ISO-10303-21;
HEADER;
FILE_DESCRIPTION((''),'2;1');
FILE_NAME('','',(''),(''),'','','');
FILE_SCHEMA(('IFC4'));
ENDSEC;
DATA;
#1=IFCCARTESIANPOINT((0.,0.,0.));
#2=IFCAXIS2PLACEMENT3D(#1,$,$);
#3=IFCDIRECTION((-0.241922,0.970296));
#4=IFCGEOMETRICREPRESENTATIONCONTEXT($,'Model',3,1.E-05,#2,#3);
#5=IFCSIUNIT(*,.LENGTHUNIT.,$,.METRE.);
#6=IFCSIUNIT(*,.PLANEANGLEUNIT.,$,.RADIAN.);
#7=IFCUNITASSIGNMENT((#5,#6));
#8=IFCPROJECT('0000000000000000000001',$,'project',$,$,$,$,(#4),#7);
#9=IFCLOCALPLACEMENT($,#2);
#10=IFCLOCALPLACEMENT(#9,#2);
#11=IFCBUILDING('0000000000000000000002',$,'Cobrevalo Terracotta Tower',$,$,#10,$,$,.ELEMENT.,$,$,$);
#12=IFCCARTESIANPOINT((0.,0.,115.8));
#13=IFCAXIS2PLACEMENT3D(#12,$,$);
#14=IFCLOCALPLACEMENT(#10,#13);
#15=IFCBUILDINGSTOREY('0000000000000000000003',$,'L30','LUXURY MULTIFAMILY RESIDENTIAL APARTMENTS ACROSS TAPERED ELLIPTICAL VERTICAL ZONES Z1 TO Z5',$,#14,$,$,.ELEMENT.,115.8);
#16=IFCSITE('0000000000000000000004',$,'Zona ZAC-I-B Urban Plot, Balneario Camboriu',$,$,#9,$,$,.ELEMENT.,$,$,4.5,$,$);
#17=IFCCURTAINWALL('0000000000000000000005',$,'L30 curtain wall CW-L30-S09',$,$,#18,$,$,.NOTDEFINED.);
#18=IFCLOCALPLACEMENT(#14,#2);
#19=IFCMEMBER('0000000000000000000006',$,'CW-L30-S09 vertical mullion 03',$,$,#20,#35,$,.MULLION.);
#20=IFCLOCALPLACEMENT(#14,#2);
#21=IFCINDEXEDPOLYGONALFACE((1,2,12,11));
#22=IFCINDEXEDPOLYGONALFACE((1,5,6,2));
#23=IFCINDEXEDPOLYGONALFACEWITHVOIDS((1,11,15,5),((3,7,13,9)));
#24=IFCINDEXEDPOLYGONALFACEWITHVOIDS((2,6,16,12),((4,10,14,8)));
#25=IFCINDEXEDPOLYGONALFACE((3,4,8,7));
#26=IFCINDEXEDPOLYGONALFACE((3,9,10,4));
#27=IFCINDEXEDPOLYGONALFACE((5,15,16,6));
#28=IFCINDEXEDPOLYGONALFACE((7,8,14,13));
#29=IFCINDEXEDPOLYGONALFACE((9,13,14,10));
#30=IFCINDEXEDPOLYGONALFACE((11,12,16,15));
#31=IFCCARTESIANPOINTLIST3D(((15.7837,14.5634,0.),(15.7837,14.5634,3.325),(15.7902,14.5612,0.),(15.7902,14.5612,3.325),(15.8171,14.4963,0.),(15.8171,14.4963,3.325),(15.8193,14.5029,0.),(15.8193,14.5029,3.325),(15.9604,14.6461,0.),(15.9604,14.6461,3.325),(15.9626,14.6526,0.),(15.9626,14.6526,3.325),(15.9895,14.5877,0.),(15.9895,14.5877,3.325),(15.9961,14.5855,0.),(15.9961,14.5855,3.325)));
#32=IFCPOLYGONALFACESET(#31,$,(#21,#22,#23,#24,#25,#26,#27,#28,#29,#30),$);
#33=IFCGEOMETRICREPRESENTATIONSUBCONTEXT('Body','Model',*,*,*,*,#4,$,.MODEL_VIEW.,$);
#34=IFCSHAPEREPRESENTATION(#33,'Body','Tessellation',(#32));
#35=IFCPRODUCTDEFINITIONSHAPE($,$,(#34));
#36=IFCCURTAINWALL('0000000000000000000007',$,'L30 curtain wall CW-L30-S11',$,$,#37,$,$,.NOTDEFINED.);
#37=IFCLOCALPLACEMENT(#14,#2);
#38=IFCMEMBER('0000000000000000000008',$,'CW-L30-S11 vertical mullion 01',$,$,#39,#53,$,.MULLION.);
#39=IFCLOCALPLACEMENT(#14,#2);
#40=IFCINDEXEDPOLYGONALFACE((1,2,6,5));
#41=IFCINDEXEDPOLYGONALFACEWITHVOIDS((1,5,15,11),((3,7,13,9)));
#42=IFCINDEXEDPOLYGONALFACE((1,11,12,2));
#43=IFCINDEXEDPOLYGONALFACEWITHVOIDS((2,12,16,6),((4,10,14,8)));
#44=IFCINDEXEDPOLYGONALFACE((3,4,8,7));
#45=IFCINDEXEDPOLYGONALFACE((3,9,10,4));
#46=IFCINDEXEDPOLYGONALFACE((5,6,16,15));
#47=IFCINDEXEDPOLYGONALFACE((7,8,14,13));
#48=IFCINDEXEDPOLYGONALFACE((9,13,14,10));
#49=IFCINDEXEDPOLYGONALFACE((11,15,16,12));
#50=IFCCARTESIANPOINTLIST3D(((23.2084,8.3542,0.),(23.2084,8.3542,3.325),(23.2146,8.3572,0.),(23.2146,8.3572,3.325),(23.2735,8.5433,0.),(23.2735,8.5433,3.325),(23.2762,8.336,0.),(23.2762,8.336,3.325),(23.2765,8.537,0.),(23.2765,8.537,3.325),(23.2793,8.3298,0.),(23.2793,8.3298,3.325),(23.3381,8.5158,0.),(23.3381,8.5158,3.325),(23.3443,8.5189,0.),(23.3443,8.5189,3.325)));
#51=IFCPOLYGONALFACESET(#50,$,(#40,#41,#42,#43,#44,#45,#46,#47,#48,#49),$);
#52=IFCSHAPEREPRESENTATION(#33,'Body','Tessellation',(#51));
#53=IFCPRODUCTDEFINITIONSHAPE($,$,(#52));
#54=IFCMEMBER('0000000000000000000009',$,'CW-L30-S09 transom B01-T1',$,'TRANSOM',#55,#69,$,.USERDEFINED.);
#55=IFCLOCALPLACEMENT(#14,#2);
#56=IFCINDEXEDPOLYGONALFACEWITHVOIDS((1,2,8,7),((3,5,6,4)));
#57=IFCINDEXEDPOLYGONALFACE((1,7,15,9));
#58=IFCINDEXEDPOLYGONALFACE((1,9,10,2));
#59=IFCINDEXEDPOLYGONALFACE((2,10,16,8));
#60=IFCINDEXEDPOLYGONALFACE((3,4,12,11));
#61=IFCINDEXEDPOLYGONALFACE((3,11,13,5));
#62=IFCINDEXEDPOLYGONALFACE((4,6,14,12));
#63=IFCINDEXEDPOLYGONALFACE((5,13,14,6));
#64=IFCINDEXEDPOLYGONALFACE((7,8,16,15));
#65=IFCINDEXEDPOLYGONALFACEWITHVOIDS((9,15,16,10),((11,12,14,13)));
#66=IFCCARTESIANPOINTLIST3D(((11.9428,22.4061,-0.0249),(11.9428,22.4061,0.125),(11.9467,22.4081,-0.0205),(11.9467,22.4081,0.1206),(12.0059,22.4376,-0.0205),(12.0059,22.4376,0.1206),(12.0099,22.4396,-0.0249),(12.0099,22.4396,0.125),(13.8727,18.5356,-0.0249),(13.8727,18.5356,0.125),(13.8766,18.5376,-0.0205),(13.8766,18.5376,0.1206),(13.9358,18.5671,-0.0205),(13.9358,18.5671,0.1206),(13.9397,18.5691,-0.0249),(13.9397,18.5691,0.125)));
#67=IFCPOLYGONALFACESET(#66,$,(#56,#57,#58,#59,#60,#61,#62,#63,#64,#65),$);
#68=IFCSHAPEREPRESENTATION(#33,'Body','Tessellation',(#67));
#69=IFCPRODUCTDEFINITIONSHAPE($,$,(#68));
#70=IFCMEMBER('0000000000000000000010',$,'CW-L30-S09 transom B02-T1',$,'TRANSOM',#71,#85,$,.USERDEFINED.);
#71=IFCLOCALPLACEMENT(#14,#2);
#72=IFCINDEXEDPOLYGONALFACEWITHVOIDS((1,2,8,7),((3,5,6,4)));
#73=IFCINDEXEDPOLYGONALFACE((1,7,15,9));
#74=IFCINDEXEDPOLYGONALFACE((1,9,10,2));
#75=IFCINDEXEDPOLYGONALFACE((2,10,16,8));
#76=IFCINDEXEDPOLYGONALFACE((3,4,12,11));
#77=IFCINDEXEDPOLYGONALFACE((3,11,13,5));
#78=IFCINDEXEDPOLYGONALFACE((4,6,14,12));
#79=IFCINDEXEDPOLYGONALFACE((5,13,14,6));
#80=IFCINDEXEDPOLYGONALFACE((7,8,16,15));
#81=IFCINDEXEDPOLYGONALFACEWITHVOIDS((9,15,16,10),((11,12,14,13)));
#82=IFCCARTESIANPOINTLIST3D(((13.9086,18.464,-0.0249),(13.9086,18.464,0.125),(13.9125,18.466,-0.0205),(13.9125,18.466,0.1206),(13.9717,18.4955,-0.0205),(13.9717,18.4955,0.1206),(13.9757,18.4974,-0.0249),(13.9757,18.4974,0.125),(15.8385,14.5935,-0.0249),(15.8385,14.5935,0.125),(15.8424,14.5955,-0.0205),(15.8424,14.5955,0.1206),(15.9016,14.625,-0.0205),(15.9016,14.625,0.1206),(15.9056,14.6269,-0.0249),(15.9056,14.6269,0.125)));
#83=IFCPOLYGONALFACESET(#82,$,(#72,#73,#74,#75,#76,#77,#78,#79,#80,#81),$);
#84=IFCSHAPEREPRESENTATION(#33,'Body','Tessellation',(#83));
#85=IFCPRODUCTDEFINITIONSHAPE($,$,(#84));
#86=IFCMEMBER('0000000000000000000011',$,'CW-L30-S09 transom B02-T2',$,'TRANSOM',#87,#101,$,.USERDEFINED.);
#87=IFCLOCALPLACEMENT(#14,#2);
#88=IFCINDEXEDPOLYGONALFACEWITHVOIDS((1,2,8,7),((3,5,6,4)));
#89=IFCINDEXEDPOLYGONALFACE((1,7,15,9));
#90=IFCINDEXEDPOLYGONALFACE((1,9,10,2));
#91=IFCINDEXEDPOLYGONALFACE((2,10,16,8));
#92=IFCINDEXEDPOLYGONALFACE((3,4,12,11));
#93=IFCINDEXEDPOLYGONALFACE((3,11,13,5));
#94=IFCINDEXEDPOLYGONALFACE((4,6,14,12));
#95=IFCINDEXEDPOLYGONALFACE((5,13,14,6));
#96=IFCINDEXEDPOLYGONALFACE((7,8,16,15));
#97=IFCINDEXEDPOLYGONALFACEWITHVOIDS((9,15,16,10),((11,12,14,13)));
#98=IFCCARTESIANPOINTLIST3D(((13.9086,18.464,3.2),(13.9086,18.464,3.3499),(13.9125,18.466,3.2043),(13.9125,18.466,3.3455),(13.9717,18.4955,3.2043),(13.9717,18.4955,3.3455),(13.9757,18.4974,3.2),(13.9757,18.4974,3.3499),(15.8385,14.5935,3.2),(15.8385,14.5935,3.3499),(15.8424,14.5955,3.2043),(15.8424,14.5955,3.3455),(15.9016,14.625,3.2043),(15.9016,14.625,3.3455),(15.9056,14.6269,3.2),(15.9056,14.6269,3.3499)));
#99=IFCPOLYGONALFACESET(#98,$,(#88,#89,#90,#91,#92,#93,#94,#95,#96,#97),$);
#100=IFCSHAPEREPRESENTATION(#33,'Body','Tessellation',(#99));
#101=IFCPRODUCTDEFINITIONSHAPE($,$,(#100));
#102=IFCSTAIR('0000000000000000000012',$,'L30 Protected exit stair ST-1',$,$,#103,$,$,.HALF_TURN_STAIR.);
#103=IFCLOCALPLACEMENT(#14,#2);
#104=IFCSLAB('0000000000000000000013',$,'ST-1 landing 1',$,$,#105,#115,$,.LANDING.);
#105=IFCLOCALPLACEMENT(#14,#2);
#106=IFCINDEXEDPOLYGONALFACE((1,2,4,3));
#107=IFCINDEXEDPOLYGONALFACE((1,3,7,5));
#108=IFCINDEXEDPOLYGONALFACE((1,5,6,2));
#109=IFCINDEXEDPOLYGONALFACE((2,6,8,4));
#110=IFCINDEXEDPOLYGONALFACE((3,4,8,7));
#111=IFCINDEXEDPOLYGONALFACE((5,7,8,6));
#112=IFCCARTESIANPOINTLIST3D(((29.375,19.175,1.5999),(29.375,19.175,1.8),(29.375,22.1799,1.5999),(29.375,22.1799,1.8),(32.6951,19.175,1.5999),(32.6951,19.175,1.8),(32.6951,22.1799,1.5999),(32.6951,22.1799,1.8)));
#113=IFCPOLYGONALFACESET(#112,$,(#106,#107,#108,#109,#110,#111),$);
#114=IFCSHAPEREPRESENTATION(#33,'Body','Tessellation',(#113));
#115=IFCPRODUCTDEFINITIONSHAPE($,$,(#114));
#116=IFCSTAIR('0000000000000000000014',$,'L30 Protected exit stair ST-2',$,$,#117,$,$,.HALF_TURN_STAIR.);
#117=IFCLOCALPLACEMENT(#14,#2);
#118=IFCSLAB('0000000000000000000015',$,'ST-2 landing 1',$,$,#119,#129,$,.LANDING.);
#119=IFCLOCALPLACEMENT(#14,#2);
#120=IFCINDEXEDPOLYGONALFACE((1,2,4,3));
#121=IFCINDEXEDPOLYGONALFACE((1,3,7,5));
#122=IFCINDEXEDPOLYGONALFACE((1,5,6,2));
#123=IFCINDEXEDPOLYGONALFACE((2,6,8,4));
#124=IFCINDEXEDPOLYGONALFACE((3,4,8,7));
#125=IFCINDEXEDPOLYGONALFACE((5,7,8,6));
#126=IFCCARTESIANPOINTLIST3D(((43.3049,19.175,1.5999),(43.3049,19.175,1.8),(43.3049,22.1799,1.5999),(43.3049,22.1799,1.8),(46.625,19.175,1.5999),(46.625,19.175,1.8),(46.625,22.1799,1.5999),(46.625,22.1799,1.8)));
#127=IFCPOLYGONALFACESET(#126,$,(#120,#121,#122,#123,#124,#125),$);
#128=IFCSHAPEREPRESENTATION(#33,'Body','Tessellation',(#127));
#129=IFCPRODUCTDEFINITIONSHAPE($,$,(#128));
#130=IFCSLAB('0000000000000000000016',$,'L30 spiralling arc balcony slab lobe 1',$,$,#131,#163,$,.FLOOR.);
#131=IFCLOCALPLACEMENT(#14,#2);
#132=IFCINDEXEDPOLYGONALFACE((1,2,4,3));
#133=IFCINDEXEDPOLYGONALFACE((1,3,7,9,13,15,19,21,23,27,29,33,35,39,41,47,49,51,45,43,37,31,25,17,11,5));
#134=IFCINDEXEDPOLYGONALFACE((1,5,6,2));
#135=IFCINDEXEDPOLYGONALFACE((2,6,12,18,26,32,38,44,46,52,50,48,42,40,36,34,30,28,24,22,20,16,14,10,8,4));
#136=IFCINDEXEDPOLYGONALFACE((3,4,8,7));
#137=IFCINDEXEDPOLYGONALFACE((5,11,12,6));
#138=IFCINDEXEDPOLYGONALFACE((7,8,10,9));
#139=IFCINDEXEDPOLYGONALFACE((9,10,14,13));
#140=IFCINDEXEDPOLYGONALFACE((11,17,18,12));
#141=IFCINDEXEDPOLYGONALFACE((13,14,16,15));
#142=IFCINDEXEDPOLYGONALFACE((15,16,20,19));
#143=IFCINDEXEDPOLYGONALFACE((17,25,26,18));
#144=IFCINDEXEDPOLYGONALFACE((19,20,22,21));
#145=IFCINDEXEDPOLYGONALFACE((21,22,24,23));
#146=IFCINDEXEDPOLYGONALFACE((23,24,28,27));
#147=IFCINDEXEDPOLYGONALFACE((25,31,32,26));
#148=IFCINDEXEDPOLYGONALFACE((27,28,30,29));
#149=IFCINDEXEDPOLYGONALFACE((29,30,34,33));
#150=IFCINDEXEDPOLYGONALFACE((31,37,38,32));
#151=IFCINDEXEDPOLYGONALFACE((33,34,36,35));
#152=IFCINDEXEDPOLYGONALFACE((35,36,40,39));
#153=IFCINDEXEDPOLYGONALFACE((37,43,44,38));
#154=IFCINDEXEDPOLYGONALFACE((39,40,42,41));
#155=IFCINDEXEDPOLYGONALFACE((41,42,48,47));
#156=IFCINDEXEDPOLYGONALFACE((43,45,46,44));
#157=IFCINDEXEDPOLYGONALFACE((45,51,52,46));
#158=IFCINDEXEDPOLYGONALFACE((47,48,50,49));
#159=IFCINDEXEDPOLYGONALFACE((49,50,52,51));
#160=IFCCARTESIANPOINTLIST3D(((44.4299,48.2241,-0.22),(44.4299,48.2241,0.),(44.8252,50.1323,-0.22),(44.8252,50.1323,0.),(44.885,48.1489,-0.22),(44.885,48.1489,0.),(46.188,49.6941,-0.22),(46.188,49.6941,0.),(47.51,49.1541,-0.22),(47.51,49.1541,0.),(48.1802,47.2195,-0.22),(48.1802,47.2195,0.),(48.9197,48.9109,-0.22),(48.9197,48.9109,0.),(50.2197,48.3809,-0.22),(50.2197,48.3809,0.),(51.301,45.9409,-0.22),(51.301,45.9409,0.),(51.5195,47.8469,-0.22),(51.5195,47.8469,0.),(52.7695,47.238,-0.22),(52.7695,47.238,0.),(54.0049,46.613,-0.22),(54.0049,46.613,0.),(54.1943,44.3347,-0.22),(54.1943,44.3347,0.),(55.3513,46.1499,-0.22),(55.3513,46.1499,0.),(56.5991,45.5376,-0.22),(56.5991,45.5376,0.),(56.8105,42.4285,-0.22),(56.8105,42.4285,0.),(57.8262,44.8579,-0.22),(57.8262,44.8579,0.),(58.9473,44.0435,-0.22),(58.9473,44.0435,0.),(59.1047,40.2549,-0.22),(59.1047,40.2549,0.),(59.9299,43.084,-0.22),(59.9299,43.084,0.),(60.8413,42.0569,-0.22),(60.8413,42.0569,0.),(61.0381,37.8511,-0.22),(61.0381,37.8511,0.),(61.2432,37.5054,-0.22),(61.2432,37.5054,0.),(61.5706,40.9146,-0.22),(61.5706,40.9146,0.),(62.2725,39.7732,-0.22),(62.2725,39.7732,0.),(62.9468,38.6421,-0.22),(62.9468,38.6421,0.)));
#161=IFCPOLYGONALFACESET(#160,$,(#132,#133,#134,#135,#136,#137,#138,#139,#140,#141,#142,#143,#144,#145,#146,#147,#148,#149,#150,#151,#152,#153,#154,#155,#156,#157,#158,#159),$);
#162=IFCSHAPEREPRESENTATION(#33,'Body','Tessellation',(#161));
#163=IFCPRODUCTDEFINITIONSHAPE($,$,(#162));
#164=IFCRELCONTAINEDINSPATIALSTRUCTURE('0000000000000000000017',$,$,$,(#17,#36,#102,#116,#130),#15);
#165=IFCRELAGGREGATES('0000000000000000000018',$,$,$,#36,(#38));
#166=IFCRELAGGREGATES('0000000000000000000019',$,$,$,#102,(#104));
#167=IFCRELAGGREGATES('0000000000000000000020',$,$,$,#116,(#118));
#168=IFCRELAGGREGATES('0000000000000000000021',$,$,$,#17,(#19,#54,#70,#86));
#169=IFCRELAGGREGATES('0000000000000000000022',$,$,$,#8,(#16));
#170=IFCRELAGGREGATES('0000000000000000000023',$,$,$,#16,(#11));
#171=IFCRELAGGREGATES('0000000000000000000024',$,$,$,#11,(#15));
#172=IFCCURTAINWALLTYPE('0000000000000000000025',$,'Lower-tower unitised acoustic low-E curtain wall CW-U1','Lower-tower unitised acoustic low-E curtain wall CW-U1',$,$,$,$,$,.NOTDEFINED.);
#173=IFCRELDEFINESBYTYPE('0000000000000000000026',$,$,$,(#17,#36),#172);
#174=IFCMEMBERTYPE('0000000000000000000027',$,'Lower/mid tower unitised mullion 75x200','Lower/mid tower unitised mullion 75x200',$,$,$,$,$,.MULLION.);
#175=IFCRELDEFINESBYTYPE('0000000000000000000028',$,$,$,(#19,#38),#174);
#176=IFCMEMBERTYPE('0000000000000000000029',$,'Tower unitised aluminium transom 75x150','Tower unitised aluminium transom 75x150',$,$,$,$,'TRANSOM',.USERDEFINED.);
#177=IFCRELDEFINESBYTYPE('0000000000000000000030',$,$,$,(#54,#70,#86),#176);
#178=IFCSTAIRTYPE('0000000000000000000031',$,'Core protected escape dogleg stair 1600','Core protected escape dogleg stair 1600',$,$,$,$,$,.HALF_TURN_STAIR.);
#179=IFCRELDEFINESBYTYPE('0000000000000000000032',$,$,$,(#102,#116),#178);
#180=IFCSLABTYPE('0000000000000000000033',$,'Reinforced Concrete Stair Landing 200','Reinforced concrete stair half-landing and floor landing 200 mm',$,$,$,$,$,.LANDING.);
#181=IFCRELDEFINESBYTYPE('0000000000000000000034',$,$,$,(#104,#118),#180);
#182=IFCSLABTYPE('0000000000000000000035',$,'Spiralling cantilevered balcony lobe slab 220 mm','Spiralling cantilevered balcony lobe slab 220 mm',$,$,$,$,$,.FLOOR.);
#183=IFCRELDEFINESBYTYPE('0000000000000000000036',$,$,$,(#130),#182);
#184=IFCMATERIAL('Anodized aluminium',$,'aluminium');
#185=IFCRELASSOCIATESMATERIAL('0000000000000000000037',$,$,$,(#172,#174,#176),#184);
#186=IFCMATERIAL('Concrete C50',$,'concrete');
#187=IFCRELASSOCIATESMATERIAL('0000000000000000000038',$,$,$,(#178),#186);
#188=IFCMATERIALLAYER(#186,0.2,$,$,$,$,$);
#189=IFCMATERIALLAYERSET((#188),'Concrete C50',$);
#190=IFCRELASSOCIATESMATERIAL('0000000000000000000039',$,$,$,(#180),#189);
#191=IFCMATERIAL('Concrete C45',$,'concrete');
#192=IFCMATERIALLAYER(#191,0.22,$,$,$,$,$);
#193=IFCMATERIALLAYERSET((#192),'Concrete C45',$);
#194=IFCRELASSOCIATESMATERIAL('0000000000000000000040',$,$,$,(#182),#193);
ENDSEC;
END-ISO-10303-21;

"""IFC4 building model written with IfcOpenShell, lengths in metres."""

from ifc_helpers import new_model, si_unit, direction, frame, origin, origin_2d, place, context, subcontext, project, spatial, polyline, hollow_rectangle, outline, extrude, source, transform, mapped, material, layer, layer_set, material_profile, profile_set, type_object, element, aggregate, save


model = new_model("IFC4")

# Units and contexts
model_context = context("Model", 3, precision=1e-05, world=origin(), true_north=direction((-0.241922, 0.970296)))
body_context = subcontext(model_context, "Body", "Model", "MODEL_VIEW")
ifc_project = project(units=[si_unit("LENGTHUNIT", "METRE"), si_unit("PLANEANGLEUNIT", "RADIAN")], contexts=[model_context])

# Site, building, storey
site_placement = place(None, origin())
site = spatial("IfcSite", under=ifc_project, at=site_placement, Name="Zona ZAC-I-B Urban Plot, Balneario Camboriu", CompositionType="ELEMENT", RefElevation=4.5)
building_placement = place(site_placement, origin())
building = spatial("IfcBuilding", under=site, at=building_placement, Name="Cobrevalo Terracotta Tower", CompositionType="ELEMENT")
storey_placement = place(building_placement, frame((0.0, 0.0, 115.8)))
storey = spatial("IfcBuildingStorey", under=building, at=storey_placement, Name="L30", Description="LUXURY MULTIFAMILY RESIDENTIAL APARTMENTS ACROSS TAPERED ELLIPTICAL VERTICAL ZONES Z1 TO Z5", CompositionType="ELEMENT", Elevation=115.8)

# Curtain wall, member
ifc_material_1 = material(Name="Anodized aluminium", Category="aluminium")
curtain_wall_type = type_object("IfcCurtainWallType", Name="Lower-tower unitised acoustic low-E curtain wall CW-U1", Description="Lower-tower unitised acoustic low-E curtain wall CW-U1", PredefinedType="NOTDEFINED", material=ifc_material_1)
curtain_wall_1_placement = place(storey_placement, origin())
curtain_wall_1 = element("IfcCurtainWall", 1, at=curtain_wall_1_placement, inside=storey, type_object=curtain_wall_type, Name="L30 curtain wall CW-L30-S09", PredefinedType="NOTDEFINED")
ifc_material_profile_1 = material_profile(ifc_material_1, hollow_rectangle(XDim=0.075, YDim=0.2, WallThickness=0.0049, at=origin_2d()), Name="CWM 75x200")
ifc_profile_set_1 = profile_set([ifc_material_profile_1], Name="Anodized aluminium")
member_type_1 = type_object("IfcMemberType", Name="Lower/mid tower unitised mullion 75x200", Description="Lower/mid tower unitised mullion 75x200", PredefinedType="MULLION", material=ifc_profile_set_1)
shared_shape_1 = source(origin(), body_context, "Body", "SweptSolid", [
    extrude(hollow_rectangle(XDim=0.075, YDim=0.2, WallThickness=0.0049, at=origin_2d()), origin(), (0.0, 0.0, 1.0), 3.325),
])
member_1_placement = place(storey_placement, frame((15.8899, 14.5745, 0.0), z_axis=(0.0, 0.0, 1.0), x_axis=(0.44626, -0.894903, 0.0)))
member_1 = element("IfcMember", 2, at=member_1_placement, type_object=member_type_1, Name="CW-L30-S09 vertical mullion 03", PredefinedType="MULLION", context=body_context, shape_type="MappedRepresentation", body=[
    mapped(shared_shape_1, transform((0.0, 0.0, 0.0), scale=1.0)),
])

# Curtain wall, member
curtain_wall_2_placement = place(storey_placement, origin())
curtain_wall_2 = element("IfcCurtainWall", 3, at=curtain_wall_2_placement, inside=storey, type_object=curtain_wall_type, Name="L30 curtain wall CW-L30-S11", PredefinedType="NOTDEFINED")
member_2_placement = place(storey_placement, frame((23.2764, 8.4365, 0.0), z_axis=(0.0, 0.0, 1.0), x_axis=(0.945598, -0.325337, 0.0)))
member_2 = element("IfcMember", 4, at=member_2_placement, type_object=member_type_1, Name="CW-L30-S11 vertical mullion 01", PredefinedType="MULLION", context=body_context, shape_type="MappedRepresentation", body=[
    mapped(shared_shape_1, transform((0.0, 0.0, 0.0), scale=1.0)),
])
aggregate(curtain_wall_2, [member_2])

# Members
ifc_material_profile_2 = material_profile(ifc_material_1, hollow_rectangle(XDim=0.075, YDim=0.1499, WallThickness=0.0044, at=origin_2d()), Name="CWT 75x150")
ifc_profile_set_2 = profile_set([ifc_material_profile_2], Name="Anodized aluminium")
member_type_2 = type_object("IfcMemberType", Name="Tower unitised aluminium transom 75x150", Description="Tower unitised aluminium transom 75x150", ElementType="TRANSOM", PredefinedType="USERDEFINED", material=ifc_profile_set_2)
shared_shape_2 = source(origin(), body_context, "Body", "SweptSolid", [
    extrude(hollow_rectangle(XDim=0.075, YDim=0.1499, WallThickness=0.0044, at=origin_2d()), origin(), (0.0, 0.0, 1.0), 4.325),
])
member_3_placement = place(storey_placement, frame((11.9763, 22.4229, 0.05), z_axis=(0.44622, -0.894923, 0.0), x_axis=(0.894923, 0.44622, 0.0)))
member_3 = element("IfcMember", 5, at=member_3_placement, type_object=member_type_2, Name="CW-L30-S09 transom B01-T1", ObjectType="TRANSOM", PredefinedType="USERDEFINED", context=body_context, shape_type="MappedRepresentation", body=[
    mapped(shared_shape_2, transform((0.0, 0.0, 0.0), scale=1.0)),
])
member_4_placement = place(storey_placement, frame((13.9421, 18.4807, 0.05), z_axis=(0.44622, -0.894923, 0.0), x_axis=(0.894923, 0.44622, 0.0)))
member_4 = element("IfcMember", 6, at=member_4_placement, type_object=member_type_2, Name="CW-L30-S09 transom B02-T1", ObjectType="TRANSOM", PredefinedType="USERDEFINED", context=body_context, shape_type="MappedRepresentation", body=[
    mapped(shared_shape_2, transform((0.0, 0.0, 0.0), scale=1.0)),
])
member_5_placement = place(storey_placement, frame((13.9421, 18.4807, 3.2749), z_axis=(0.44622, -0.894923, 0.0), x_axis=(0.894923, 0.44622, 0.0)))
member_5 = element("IfcMember", 7, at=member_5_placement, type_object=member_type_2, Name="CW-L30-S09 transom B02-T2", ObjectType="TRANSOM", PredefinedType="USERDEFINED", context=body_context, shape_type="MappedRepresentation", body=[
    mapped(shared_shape_2, transform((0.0, 0.0, 0.0), scale=1.0)),
])

# Stairs, slabs
ifc_material_2 = material(Name="Concrete C50", Category="concrete")
stair_type = type_object("IfcStairType", Name="Core protected escape dogleg stair 1600", Description="Core protected escape dogleg stair 1600", PredefinedType="HALF_TURN_STAIR", material=ifc_material_2)
stair_1_placement = place(storey_placement, origin())
stair_1 = element("IfcStair", 8, at=stair_1_placement, inside=storey, type_object=stair_type, Name="L30 Protected exit stair ST-1", PredefinedType="HALF_TURN_STAIR")
ifc_layer_1 = layer(ifc_material_2, 0.2)
ifc_layer_set_1 = layer_set([ifc_layer_1], Name="Concrete C50")
slab_type_1 = type_object("IfcSlabType", Name="Reinforced Concrete Stair Landing 200", Description="Reinforced concrete stair half-landing and floor landing 200 mm", PredefinedType="LANDING", material=ifc_layer_set_1)
slab_1_placement = place(storey_placement, frame((0.0, 0.0, 1.5999)))
slab_1 = element("IfcSlab", 9, at=slab_1_placement, type_object=slab_type_1, Name="ST-1 landing 1", PredefinedType="LANDING", context=body_context, shape_type="SweptSolid", body=[
    extrude(outline(polyline([(29.375, 22.1799), (29.375, 19.175), (32.6951, 19.175), (32.6951, 22.1799), (29.375, 22.1799)])), origin(), (0.0, 0.0, 1.0), 0.2002),
])
aggregate(stair_1, [slab_1])
stair_2_placement = place(storey_placement, origin())
stair_2 = element("IfcStair", 10, at=stair_2_placement, inside=storey, type_object=stair_type, Name="L30 Protected exit stair ST-2", PredefinedType="HALF_TURN_STAIR")
slab_2_placement = place(storey_placement, frame((0.0, 0.0, 1.5999)))
slab_2 = element("IfcSlab", 11, at=slab_2_placement, type_object=slab_type_1, Name="ST-2 landing 1", PredefinedType="LANDING", context=body_context, shape_type="SweptSolid", body=[
    extrude(outline(polyline([(43.3049, 22.1799), (43.3049, 19.175), (46.625, 19.175), (46.625, 22.1799), (43.3049, 22.1799)])), origin(), (0.0, 0.0, 1.0), 0.2002),
])
aggregate(stair_2, [slab_2])

# Slab
ifc_material_3 = material(Name="Concrete C45", Category="concrete")
ifc_layer_2 = layer(ifc_material_3, 0.22)
ifc_layer_set_2 = layer_set([ifc_layer_2], Name="Concrete C45")
slab_type_2 = type_object("IfcSlabType", Name="Spiralling cantilevered balcony lobe slab 220 mm", Description="Spiralling cantilevered balcony lobe slab 220 mm", PredefinedType="FLOOR", material=ifc_layer_set_2)
slab_3_placement = place(storey_placement, frame((0.0, 0.0, -0.22)))
element("IfcSlab", 12, at=slab_3_placement, inside=storey, type_object=slab_type_2, Name="L30 spiralling arc balcony slab lobe 1", PredefinedType="FLOOR", context=body_context, shape_type="SweptSolid", body=[
    extrude(outline(polyline([(62.9468, 38.6421), (62.2725, 39.7732), (61.5706, 40.9146), (60.8413, 42.0569), (59.9299, 43.084), (58.9473, 44.0435), (57.8262, 44.8579), (56.5991, 45.5376), (55.3513, 46.1499), (54.0049, 46.613), (52.7695, 47.238), (51.5195, 47.8469), (50.2197, 48.3809), (48.9197, 48.9109), (47.51, 49.1541), (46.188, 49.6941), (44.8252, 50.1323), (44.4299, 48.2241), (44.885, 48.1489), (48.1802, 47.2195), (51.301, 45.9409), (54.1943, 44.3347), (56.8105, 42.4285), (59.1047, 40.2549), (61.0381, 37.8511), (61.2432, 37.5054), (62.9468, 38.6421)])), origin(), (0.0, 0.0, 1.0), 0.22),
])

aggregate(curtain_wall_1, [member_1, member_3, member_4, member_5])

save(model, "model.ifc")
